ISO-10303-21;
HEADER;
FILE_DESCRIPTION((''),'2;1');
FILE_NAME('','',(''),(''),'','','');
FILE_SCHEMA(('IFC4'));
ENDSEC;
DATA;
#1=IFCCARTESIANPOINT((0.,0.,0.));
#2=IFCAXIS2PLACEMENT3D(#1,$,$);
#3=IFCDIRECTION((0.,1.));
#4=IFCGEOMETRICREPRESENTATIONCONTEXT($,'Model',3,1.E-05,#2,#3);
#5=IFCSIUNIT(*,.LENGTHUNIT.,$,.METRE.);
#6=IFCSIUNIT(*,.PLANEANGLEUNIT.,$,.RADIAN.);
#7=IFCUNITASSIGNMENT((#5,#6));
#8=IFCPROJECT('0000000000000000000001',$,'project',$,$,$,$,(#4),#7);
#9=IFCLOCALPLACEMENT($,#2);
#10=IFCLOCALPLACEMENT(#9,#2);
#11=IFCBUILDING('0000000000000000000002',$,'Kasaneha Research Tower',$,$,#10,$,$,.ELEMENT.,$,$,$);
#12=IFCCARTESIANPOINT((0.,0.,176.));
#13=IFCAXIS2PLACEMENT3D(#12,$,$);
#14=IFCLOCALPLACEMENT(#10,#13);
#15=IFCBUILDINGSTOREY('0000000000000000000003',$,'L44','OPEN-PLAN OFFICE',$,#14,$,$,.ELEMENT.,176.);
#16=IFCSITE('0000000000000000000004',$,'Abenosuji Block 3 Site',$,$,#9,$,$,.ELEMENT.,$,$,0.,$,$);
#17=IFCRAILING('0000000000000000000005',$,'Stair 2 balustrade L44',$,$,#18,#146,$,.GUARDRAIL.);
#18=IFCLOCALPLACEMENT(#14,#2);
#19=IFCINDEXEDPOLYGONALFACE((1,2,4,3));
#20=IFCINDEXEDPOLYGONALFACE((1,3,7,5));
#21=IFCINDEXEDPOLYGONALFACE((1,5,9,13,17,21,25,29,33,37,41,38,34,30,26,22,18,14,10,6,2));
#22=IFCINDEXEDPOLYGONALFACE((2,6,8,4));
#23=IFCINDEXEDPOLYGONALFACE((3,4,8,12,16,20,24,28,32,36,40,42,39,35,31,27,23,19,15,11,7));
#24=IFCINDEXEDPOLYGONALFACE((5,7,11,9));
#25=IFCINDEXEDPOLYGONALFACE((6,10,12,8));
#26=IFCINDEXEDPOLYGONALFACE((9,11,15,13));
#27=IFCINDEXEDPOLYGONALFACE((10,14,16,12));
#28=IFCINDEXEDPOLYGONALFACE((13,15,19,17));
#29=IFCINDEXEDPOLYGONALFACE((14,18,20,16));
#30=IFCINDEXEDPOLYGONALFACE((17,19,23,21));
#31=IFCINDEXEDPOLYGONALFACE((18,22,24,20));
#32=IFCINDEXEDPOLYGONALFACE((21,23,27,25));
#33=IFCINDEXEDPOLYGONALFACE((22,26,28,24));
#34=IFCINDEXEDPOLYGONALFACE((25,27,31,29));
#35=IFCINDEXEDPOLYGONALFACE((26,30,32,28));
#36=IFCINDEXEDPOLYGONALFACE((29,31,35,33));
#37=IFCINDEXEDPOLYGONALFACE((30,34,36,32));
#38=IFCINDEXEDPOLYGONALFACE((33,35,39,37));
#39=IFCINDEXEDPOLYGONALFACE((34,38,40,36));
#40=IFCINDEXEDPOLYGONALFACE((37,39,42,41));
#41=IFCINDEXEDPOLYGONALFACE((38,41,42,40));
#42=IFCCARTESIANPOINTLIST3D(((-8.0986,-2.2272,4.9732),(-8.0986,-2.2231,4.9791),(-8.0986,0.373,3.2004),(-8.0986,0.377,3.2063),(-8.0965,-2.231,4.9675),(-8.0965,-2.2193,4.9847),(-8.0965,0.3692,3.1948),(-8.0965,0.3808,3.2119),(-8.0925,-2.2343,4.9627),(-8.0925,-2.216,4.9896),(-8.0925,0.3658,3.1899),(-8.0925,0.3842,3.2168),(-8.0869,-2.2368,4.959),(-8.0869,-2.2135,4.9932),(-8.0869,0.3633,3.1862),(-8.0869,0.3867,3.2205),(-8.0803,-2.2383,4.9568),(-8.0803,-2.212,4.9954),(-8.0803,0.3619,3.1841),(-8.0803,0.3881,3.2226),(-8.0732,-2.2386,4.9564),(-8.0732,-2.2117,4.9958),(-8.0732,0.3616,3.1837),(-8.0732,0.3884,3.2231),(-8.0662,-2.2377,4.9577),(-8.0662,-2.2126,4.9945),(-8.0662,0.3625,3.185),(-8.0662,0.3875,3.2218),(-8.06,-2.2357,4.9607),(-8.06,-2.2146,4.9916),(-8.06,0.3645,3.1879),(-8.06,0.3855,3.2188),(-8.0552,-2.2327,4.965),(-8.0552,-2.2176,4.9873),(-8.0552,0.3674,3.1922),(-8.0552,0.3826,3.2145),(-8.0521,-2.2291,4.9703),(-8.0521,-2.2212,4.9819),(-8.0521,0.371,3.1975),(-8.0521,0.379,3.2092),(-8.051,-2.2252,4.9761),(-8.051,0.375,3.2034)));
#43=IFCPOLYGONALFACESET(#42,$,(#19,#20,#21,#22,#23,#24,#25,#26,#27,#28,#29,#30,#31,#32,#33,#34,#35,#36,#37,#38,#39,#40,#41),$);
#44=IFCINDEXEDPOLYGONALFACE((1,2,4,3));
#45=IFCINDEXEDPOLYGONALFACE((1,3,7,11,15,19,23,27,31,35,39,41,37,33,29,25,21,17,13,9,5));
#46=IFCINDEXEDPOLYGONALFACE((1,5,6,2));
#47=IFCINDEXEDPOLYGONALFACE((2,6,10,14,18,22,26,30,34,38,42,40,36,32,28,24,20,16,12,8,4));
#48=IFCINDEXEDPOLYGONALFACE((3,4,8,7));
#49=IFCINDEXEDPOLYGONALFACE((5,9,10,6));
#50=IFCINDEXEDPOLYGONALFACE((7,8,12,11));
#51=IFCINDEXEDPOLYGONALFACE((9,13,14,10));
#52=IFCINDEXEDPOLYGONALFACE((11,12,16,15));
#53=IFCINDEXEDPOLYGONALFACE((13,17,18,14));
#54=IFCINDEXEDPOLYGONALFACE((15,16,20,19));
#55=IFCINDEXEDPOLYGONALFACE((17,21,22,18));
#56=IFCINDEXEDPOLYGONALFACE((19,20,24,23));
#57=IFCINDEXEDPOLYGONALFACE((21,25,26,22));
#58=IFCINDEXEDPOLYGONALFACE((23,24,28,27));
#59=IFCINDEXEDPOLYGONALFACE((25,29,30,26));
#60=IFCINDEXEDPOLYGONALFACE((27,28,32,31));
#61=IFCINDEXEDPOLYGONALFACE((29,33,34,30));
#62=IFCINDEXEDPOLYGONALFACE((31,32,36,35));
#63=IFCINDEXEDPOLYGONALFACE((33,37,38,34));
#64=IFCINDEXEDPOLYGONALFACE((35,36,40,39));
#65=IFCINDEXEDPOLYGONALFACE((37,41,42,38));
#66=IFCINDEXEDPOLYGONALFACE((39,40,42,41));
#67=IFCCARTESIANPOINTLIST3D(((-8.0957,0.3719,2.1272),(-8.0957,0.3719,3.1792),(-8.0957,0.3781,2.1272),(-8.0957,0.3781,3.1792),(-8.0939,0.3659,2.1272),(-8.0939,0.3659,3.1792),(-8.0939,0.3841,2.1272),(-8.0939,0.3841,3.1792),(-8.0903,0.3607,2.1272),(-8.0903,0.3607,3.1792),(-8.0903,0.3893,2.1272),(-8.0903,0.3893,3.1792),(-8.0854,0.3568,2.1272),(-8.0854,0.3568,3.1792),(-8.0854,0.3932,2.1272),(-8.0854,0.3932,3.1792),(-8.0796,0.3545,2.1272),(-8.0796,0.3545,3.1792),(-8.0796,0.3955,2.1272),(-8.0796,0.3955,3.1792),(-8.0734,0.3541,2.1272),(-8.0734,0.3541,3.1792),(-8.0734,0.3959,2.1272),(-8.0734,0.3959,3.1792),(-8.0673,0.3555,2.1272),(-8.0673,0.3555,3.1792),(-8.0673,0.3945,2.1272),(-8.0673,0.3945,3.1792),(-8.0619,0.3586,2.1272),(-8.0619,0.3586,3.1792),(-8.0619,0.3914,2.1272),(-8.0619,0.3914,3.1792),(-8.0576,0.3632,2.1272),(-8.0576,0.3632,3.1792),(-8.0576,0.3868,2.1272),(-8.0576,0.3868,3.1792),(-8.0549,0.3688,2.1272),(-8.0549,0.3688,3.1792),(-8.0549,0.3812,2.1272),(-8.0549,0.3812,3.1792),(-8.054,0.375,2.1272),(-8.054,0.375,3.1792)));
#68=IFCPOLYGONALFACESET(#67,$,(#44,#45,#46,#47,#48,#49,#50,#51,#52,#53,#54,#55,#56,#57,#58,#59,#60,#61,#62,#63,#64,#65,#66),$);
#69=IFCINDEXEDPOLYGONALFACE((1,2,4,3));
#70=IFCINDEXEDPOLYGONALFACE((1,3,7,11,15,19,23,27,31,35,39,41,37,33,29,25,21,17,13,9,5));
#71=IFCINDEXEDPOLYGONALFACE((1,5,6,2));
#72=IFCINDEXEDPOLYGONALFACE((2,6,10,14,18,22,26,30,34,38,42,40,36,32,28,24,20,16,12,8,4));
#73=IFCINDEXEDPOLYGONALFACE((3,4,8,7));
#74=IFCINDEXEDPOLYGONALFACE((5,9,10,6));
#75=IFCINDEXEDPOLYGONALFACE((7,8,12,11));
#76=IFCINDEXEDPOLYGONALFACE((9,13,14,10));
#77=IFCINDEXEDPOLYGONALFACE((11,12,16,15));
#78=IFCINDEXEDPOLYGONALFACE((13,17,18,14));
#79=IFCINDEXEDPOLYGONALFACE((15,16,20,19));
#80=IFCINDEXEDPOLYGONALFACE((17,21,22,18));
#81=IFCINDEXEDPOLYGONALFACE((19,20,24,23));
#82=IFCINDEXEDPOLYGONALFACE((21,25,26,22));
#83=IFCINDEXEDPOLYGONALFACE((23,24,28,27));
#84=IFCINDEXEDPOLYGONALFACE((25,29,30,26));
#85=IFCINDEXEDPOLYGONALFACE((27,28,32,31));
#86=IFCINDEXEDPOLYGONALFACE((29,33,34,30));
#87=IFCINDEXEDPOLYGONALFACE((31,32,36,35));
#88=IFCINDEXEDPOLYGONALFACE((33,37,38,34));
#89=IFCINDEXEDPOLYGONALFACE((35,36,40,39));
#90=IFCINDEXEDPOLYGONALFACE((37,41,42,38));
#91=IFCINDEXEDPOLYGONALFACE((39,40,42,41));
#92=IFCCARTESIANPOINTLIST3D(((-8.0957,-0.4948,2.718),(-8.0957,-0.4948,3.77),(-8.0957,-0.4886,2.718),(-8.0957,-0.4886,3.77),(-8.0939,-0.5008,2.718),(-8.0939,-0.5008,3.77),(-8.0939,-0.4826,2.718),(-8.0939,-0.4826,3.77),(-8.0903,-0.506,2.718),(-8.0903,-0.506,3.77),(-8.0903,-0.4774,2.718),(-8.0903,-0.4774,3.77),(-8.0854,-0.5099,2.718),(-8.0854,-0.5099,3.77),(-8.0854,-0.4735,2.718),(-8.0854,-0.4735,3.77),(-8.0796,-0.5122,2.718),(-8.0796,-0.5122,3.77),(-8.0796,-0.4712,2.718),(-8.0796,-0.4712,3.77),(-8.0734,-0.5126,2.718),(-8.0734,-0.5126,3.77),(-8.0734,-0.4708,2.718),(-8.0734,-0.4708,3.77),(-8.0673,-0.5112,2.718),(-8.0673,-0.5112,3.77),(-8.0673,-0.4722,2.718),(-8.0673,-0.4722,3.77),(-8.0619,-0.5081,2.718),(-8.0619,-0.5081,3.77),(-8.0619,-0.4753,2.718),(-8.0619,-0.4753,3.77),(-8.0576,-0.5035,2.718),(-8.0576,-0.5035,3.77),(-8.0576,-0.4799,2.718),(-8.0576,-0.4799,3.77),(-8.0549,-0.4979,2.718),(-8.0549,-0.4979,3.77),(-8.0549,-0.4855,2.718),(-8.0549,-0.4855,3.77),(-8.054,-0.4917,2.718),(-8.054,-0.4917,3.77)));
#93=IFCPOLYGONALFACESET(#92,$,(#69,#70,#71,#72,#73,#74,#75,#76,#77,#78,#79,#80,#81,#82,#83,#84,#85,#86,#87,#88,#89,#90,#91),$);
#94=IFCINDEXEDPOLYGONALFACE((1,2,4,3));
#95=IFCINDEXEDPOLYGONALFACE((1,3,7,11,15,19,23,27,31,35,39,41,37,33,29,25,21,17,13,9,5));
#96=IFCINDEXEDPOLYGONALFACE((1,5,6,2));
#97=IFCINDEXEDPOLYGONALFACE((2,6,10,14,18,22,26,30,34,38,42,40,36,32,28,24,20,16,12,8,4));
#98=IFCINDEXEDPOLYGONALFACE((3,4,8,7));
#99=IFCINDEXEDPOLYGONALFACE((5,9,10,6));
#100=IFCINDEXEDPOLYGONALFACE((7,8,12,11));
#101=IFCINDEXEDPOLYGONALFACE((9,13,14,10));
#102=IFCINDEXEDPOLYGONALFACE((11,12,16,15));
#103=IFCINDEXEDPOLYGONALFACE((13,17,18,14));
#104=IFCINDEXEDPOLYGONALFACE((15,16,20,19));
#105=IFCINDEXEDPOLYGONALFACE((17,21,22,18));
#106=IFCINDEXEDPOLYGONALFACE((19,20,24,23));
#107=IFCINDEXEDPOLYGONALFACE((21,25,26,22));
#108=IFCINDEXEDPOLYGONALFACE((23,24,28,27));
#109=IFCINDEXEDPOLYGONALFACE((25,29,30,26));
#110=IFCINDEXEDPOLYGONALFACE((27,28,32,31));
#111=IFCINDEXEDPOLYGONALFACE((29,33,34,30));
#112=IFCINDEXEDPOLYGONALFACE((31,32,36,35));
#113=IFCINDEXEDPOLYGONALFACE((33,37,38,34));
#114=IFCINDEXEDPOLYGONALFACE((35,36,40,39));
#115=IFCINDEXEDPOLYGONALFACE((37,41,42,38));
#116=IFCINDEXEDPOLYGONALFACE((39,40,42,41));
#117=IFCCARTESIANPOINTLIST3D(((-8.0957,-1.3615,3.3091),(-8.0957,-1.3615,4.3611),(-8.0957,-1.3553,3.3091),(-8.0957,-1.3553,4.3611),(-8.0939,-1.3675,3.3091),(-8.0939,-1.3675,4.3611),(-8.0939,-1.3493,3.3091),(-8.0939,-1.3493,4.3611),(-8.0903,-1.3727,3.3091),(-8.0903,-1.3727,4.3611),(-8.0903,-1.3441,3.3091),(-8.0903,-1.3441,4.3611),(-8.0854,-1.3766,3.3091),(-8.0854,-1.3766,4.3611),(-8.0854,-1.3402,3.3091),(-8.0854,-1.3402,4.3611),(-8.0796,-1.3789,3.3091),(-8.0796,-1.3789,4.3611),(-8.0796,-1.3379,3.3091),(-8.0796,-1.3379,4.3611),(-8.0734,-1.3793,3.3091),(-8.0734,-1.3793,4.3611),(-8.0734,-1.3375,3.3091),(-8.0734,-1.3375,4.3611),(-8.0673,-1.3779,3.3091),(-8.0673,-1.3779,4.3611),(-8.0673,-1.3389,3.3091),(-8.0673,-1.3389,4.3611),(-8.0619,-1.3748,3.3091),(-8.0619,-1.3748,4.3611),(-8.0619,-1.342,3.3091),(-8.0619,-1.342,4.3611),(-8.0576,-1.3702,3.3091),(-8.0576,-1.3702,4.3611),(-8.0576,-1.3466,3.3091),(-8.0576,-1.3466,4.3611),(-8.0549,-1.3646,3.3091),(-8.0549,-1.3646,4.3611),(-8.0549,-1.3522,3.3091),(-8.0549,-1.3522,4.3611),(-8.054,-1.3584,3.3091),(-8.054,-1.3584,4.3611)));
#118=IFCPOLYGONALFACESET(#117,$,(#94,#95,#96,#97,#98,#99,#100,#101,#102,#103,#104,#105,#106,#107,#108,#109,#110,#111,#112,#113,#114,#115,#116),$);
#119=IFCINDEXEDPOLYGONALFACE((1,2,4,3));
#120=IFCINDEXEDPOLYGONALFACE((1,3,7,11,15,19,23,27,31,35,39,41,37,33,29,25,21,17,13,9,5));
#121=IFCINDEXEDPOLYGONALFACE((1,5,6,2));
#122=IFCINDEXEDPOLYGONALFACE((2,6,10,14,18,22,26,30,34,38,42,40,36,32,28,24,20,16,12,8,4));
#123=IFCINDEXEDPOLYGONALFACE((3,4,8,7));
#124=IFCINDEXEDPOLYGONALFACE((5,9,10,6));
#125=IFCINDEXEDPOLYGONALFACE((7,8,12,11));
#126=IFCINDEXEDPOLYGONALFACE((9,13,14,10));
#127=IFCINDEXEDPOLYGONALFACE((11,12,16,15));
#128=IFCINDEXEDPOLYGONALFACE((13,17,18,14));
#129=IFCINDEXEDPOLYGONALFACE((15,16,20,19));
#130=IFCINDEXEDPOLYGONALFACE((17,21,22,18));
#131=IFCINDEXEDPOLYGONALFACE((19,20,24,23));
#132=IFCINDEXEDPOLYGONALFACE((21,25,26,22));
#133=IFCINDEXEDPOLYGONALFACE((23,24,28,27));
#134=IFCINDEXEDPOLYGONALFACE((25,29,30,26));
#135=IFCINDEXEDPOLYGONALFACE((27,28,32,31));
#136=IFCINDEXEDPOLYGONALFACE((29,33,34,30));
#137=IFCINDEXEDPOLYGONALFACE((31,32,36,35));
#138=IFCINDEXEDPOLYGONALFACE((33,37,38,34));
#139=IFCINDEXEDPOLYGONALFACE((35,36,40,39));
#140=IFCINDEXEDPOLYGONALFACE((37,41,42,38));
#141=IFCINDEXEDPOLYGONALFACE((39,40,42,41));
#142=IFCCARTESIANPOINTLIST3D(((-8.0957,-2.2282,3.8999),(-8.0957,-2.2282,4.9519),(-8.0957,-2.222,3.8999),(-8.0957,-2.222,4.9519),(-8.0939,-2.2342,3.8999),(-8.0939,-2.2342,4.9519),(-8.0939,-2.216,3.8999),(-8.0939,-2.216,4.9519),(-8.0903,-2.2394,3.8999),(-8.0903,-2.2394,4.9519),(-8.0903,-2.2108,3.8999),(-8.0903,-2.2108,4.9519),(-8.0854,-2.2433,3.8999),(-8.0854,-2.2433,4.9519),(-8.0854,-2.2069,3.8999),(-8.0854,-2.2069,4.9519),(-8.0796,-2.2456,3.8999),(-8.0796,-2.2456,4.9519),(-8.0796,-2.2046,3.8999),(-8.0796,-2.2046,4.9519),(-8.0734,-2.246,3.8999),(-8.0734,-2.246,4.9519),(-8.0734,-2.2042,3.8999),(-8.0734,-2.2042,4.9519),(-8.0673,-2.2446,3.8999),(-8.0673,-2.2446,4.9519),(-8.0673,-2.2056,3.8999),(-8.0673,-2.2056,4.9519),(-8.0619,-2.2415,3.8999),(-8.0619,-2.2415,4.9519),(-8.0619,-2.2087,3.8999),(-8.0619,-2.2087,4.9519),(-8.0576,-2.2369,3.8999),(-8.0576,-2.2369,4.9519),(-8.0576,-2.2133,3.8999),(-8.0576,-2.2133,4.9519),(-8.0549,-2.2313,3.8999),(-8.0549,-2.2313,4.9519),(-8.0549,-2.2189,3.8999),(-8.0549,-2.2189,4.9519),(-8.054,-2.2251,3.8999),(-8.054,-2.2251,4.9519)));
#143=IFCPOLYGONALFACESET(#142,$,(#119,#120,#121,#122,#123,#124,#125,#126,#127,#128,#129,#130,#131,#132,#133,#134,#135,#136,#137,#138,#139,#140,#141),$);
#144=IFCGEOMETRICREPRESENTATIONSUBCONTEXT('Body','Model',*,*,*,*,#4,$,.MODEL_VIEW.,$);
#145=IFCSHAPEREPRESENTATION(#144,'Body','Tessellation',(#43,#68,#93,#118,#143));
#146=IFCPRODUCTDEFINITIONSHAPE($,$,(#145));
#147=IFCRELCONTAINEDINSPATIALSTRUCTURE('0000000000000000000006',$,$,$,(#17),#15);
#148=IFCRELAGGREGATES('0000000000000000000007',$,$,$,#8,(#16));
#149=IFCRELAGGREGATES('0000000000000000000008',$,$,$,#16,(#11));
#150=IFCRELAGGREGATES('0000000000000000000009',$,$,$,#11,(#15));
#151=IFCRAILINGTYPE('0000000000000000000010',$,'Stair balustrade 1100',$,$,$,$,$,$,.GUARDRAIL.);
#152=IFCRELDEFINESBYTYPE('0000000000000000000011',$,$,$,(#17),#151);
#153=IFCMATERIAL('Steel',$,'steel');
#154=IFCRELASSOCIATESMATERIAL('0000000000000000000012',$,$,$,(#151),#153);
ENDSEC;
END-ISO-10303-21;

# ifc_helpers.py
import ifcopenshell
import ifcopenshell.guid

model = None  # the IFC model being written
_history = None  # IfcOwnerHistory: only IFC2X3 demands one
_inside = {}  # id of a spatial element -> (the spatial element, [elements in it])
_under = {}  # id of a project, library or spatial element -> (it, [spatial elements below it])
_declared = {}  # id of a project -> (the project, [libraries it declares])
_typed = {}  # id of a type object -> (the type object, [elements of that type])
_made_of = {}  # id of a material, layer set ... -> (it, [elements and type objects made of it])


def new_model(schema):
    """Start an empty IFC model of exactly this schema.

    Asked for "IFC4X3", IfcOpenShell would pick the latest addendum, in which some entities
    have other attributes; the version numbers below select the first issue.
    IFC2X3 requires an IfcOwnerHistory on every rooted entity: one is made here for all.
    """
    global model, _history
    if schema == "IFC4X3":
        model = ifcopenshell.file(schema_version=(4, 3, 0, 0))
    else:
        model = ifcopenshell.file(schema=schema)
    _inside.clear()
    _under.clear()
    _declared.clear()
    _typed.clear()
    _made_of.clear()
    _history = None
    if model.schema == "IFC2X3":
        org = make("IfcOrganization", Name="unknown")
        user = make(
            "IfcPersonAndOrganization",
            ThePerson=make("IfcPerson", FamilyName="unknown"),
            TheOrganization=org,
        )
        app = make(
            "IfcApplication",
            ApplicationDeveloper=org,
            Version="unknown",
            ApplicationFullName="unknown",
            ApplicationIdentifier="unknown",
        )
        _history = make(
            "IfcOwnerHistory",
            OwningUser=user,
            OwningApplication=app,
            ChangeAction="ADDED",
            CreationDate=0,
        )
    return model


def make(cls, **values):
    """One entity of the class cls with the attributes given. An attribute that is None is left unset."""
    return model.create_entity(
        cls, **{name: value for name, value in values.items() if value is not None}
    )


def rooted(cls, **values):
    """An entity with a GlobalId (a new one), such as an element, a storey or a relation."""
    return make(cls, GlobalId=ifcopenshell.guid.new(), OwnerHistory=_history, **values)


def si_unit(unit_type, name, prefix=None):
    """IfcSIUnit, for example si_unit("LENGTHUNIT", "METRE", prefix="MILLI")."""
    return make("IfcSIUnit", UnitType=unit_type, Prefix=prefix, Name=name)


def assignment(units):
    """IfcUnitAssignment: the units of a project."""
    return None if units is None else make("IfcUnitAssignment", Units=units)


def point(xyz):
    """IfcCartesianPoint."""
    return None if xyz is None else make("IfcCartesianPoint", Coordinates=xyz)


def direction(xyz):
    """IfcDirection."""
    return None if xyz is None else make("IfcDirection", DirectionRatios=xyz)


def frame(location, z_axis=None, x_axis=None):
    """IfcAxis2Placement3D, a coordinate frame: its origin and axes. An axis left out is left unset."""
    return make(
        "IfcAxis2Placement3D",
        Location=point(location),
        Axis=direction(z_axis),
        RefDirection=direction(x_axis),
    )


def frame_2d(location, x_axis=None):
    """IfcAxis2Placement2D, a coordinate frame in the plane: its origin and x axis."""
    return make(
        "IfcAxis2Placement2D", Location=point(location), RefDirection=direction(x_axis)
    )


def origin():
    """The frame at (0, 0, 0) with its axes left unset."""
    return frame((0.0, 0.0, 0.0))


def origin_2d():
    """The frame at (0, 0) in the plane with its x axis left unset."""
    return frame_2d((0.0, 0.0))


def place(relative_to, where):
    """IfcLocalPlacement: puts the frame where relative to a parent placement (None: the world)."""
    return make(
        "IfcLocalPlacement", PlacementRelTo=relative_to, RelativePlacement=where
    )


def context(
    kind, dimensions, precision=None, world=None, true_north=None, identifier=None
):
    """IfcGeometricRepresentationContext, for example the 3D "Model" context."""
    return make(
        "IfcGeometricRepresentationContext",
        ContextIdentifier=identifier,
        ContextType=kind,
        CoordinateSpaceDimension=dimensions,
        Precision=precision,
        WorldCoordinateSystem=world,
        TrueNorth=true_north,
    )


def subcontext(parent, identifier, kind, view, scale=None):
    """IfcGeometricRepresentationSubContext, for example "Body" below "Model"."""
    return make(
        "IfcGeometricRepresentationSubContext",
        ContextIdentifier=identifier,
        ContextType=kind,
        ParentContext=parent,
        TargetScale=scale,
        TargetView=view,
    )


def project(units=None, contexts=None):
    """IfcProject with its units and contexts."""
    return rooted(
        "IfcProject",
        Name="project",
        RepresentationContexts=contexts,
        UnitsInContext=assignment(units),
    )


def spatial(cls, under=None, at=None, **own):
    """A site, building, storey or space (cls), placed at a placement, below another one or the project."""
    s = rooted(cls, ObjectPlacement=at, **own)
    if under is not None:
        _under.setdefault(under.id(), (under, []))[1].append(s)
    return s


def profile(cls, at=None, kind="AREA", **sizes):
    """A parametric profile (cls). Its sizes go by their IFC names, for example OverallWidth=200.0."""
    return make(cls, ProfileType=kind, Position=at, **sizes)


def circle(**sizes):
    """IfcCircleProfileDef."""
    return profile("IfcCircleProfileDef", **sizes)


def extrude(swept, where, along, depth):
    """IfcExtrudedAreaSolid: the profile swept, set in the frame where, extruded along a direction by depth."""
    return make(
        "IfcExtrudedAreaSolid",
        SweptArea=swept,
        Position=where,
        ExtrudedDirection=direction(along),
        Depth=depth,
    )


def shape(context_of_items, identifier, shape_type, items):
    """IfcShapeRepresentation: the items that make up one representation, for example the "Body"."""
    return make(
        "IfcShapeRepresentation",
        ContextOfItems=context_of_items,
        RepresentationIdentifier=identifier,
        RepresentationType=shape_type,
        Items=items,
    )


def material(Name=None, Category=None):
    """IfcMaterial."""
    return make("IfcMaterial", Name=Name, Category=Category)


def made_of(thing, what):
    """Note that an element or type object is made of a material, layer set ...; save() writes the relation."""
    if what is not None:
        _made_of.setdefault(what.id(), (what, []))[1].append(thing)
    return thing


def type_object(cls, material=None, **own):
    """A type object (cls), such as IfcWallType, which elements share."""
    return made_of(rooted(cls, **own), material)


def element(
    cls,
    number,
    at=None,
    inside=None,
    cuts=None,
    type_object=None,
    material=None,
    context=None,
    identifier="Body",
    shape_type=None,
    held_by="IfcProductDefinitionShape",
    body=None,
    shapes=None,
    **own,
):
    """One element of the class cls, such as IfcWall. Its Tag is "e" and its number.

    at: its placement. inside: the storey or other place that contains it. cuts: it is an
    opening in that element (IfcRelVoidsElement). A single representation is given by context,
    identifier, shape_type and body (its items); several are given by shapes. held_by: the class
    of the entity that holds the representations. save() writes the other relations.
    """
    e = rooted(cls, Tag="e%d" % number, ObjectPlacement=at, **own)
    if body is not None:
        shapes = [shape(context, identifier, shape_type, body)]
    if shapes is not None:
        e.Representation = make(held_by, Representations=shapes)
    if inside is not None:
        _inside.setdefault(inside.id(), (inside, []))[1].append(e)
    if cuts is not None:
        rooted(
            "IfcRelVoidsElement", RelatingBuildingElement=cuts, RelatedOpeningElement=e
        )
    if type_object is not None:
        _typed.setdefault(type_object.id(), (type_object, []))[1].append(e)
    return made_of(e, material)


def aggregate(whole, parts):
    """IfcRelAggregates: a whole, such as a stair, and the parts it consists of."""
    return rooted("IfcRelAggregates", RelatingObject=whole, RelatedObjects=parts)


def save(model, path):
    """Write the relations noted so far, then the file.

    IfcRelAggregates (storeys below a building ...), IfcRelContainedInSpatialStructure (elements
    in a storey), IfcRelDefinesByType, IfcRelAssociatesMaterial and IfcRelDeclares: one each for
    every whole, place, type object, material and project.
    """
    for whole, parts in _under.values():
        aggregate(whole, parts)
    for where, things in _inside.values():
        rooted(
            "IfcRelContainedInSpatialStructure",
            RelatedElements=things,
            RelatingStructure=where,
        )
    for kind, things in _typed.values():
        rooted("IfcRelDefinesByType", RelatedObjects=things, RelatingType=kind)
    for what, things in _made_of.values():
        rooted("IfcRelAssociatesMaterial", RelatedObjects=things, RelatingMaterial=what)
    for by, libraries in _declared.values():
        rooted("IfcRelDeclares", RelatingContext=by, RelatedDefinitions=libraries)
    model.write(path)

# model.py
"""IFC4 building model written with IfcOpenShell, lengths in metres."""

from ifc_helpers import new_model, si_unit, direction, frame, origin, origin_2d, place, context, subcontext, project, spatial, circle, extrude, material, type_object, element, save


model = new_model("IFC4")

# Units and contexts
model_context = context("Model", 3, precision=1e-05, world=origin(), true_north=direction((0.0, 1.0)))
body_context = subcontext(model_context, "Body", "Model", "MODEL_VIEW")
ifc_project = project(units=[si_unit("LENGTHUNIT", "METRE"), si_unit("PLANEANGLEUNIT", "RADIAN")], contexts=[model_context])

# Site, building, storey
site_placement = place(None, origin())
site = spatial("IfcSite", under=ifc_project, at=site_placement, Name="Abenosuji Block 3 Site", CompositionType="ELEMENT", RefElevation=0.0)
building_placement = place(site_placement, origin())
building = spatial("IfcBuilding", under=site, at=building_placement, Name="Kasaneha Research Tower", CompositionType="ELEMENT")
storey_placement = place(building_placement, frame((0.0, 0.0, 176.0)))
storey = spatial("IfcBuildingStorey", under=building, at=storey_placement, Name="L44", Description="OPEN-PLAN OFFICE", CompositionType="ELEMENT", Elevation=176.0)

# Railing
ifc_material_1 = material(Name="Steel", Category="steel")
railing_type_1 = type_object("IfcRailingType", Name="Stair balustrade 1100", PredefinedType="GUARDRAIL", material=ifc_material_1)
railing_1_placement = place(storey_placement, frame((-8.075, 0.375, 2.1272)))
element("IfcRailing", 1, at=railing_1_placement, inside=storey, type_object=railing_type_1, Name="Stair 2 balustrade L44", PredefinedType="GUARDRAIL", context=body_context, shape_type="SweptSolid", body=[
    extrude(circle(Radius=0.0239, at=origin_2d()), frame((0.0, 0.0, 1.0762), z_axis=(0.0, -0.82624, 0.563318), x_axis=(1.0, 0.0, 0.0)), (0.0, 0.0, 1.0), 3.147),
    extrude(circle(Radius=0.021, at=origin_2d()), origin(), (0.0, 0.0, 1.0), 1.052),
    extrude(circle(Radius=0.021, at=origin_2d()), frame((0.0, -0.8667, 0.5908)), (0.0, 0.0, 1.0), 1.052),
    extrude(circle(Radius=0.021, at=origin_2d()), frame((0.0, -1.7334, 1.1819)), (0.0, 0.0, 1.0), 1.052),
    extrude(circle(Radius=0.021, at=origin_2d()), frame((0.0, -2.6001, 1.7727)), (0.0, 0.0, 1.0), 1.052),
])

save(model, "model.ifc")
